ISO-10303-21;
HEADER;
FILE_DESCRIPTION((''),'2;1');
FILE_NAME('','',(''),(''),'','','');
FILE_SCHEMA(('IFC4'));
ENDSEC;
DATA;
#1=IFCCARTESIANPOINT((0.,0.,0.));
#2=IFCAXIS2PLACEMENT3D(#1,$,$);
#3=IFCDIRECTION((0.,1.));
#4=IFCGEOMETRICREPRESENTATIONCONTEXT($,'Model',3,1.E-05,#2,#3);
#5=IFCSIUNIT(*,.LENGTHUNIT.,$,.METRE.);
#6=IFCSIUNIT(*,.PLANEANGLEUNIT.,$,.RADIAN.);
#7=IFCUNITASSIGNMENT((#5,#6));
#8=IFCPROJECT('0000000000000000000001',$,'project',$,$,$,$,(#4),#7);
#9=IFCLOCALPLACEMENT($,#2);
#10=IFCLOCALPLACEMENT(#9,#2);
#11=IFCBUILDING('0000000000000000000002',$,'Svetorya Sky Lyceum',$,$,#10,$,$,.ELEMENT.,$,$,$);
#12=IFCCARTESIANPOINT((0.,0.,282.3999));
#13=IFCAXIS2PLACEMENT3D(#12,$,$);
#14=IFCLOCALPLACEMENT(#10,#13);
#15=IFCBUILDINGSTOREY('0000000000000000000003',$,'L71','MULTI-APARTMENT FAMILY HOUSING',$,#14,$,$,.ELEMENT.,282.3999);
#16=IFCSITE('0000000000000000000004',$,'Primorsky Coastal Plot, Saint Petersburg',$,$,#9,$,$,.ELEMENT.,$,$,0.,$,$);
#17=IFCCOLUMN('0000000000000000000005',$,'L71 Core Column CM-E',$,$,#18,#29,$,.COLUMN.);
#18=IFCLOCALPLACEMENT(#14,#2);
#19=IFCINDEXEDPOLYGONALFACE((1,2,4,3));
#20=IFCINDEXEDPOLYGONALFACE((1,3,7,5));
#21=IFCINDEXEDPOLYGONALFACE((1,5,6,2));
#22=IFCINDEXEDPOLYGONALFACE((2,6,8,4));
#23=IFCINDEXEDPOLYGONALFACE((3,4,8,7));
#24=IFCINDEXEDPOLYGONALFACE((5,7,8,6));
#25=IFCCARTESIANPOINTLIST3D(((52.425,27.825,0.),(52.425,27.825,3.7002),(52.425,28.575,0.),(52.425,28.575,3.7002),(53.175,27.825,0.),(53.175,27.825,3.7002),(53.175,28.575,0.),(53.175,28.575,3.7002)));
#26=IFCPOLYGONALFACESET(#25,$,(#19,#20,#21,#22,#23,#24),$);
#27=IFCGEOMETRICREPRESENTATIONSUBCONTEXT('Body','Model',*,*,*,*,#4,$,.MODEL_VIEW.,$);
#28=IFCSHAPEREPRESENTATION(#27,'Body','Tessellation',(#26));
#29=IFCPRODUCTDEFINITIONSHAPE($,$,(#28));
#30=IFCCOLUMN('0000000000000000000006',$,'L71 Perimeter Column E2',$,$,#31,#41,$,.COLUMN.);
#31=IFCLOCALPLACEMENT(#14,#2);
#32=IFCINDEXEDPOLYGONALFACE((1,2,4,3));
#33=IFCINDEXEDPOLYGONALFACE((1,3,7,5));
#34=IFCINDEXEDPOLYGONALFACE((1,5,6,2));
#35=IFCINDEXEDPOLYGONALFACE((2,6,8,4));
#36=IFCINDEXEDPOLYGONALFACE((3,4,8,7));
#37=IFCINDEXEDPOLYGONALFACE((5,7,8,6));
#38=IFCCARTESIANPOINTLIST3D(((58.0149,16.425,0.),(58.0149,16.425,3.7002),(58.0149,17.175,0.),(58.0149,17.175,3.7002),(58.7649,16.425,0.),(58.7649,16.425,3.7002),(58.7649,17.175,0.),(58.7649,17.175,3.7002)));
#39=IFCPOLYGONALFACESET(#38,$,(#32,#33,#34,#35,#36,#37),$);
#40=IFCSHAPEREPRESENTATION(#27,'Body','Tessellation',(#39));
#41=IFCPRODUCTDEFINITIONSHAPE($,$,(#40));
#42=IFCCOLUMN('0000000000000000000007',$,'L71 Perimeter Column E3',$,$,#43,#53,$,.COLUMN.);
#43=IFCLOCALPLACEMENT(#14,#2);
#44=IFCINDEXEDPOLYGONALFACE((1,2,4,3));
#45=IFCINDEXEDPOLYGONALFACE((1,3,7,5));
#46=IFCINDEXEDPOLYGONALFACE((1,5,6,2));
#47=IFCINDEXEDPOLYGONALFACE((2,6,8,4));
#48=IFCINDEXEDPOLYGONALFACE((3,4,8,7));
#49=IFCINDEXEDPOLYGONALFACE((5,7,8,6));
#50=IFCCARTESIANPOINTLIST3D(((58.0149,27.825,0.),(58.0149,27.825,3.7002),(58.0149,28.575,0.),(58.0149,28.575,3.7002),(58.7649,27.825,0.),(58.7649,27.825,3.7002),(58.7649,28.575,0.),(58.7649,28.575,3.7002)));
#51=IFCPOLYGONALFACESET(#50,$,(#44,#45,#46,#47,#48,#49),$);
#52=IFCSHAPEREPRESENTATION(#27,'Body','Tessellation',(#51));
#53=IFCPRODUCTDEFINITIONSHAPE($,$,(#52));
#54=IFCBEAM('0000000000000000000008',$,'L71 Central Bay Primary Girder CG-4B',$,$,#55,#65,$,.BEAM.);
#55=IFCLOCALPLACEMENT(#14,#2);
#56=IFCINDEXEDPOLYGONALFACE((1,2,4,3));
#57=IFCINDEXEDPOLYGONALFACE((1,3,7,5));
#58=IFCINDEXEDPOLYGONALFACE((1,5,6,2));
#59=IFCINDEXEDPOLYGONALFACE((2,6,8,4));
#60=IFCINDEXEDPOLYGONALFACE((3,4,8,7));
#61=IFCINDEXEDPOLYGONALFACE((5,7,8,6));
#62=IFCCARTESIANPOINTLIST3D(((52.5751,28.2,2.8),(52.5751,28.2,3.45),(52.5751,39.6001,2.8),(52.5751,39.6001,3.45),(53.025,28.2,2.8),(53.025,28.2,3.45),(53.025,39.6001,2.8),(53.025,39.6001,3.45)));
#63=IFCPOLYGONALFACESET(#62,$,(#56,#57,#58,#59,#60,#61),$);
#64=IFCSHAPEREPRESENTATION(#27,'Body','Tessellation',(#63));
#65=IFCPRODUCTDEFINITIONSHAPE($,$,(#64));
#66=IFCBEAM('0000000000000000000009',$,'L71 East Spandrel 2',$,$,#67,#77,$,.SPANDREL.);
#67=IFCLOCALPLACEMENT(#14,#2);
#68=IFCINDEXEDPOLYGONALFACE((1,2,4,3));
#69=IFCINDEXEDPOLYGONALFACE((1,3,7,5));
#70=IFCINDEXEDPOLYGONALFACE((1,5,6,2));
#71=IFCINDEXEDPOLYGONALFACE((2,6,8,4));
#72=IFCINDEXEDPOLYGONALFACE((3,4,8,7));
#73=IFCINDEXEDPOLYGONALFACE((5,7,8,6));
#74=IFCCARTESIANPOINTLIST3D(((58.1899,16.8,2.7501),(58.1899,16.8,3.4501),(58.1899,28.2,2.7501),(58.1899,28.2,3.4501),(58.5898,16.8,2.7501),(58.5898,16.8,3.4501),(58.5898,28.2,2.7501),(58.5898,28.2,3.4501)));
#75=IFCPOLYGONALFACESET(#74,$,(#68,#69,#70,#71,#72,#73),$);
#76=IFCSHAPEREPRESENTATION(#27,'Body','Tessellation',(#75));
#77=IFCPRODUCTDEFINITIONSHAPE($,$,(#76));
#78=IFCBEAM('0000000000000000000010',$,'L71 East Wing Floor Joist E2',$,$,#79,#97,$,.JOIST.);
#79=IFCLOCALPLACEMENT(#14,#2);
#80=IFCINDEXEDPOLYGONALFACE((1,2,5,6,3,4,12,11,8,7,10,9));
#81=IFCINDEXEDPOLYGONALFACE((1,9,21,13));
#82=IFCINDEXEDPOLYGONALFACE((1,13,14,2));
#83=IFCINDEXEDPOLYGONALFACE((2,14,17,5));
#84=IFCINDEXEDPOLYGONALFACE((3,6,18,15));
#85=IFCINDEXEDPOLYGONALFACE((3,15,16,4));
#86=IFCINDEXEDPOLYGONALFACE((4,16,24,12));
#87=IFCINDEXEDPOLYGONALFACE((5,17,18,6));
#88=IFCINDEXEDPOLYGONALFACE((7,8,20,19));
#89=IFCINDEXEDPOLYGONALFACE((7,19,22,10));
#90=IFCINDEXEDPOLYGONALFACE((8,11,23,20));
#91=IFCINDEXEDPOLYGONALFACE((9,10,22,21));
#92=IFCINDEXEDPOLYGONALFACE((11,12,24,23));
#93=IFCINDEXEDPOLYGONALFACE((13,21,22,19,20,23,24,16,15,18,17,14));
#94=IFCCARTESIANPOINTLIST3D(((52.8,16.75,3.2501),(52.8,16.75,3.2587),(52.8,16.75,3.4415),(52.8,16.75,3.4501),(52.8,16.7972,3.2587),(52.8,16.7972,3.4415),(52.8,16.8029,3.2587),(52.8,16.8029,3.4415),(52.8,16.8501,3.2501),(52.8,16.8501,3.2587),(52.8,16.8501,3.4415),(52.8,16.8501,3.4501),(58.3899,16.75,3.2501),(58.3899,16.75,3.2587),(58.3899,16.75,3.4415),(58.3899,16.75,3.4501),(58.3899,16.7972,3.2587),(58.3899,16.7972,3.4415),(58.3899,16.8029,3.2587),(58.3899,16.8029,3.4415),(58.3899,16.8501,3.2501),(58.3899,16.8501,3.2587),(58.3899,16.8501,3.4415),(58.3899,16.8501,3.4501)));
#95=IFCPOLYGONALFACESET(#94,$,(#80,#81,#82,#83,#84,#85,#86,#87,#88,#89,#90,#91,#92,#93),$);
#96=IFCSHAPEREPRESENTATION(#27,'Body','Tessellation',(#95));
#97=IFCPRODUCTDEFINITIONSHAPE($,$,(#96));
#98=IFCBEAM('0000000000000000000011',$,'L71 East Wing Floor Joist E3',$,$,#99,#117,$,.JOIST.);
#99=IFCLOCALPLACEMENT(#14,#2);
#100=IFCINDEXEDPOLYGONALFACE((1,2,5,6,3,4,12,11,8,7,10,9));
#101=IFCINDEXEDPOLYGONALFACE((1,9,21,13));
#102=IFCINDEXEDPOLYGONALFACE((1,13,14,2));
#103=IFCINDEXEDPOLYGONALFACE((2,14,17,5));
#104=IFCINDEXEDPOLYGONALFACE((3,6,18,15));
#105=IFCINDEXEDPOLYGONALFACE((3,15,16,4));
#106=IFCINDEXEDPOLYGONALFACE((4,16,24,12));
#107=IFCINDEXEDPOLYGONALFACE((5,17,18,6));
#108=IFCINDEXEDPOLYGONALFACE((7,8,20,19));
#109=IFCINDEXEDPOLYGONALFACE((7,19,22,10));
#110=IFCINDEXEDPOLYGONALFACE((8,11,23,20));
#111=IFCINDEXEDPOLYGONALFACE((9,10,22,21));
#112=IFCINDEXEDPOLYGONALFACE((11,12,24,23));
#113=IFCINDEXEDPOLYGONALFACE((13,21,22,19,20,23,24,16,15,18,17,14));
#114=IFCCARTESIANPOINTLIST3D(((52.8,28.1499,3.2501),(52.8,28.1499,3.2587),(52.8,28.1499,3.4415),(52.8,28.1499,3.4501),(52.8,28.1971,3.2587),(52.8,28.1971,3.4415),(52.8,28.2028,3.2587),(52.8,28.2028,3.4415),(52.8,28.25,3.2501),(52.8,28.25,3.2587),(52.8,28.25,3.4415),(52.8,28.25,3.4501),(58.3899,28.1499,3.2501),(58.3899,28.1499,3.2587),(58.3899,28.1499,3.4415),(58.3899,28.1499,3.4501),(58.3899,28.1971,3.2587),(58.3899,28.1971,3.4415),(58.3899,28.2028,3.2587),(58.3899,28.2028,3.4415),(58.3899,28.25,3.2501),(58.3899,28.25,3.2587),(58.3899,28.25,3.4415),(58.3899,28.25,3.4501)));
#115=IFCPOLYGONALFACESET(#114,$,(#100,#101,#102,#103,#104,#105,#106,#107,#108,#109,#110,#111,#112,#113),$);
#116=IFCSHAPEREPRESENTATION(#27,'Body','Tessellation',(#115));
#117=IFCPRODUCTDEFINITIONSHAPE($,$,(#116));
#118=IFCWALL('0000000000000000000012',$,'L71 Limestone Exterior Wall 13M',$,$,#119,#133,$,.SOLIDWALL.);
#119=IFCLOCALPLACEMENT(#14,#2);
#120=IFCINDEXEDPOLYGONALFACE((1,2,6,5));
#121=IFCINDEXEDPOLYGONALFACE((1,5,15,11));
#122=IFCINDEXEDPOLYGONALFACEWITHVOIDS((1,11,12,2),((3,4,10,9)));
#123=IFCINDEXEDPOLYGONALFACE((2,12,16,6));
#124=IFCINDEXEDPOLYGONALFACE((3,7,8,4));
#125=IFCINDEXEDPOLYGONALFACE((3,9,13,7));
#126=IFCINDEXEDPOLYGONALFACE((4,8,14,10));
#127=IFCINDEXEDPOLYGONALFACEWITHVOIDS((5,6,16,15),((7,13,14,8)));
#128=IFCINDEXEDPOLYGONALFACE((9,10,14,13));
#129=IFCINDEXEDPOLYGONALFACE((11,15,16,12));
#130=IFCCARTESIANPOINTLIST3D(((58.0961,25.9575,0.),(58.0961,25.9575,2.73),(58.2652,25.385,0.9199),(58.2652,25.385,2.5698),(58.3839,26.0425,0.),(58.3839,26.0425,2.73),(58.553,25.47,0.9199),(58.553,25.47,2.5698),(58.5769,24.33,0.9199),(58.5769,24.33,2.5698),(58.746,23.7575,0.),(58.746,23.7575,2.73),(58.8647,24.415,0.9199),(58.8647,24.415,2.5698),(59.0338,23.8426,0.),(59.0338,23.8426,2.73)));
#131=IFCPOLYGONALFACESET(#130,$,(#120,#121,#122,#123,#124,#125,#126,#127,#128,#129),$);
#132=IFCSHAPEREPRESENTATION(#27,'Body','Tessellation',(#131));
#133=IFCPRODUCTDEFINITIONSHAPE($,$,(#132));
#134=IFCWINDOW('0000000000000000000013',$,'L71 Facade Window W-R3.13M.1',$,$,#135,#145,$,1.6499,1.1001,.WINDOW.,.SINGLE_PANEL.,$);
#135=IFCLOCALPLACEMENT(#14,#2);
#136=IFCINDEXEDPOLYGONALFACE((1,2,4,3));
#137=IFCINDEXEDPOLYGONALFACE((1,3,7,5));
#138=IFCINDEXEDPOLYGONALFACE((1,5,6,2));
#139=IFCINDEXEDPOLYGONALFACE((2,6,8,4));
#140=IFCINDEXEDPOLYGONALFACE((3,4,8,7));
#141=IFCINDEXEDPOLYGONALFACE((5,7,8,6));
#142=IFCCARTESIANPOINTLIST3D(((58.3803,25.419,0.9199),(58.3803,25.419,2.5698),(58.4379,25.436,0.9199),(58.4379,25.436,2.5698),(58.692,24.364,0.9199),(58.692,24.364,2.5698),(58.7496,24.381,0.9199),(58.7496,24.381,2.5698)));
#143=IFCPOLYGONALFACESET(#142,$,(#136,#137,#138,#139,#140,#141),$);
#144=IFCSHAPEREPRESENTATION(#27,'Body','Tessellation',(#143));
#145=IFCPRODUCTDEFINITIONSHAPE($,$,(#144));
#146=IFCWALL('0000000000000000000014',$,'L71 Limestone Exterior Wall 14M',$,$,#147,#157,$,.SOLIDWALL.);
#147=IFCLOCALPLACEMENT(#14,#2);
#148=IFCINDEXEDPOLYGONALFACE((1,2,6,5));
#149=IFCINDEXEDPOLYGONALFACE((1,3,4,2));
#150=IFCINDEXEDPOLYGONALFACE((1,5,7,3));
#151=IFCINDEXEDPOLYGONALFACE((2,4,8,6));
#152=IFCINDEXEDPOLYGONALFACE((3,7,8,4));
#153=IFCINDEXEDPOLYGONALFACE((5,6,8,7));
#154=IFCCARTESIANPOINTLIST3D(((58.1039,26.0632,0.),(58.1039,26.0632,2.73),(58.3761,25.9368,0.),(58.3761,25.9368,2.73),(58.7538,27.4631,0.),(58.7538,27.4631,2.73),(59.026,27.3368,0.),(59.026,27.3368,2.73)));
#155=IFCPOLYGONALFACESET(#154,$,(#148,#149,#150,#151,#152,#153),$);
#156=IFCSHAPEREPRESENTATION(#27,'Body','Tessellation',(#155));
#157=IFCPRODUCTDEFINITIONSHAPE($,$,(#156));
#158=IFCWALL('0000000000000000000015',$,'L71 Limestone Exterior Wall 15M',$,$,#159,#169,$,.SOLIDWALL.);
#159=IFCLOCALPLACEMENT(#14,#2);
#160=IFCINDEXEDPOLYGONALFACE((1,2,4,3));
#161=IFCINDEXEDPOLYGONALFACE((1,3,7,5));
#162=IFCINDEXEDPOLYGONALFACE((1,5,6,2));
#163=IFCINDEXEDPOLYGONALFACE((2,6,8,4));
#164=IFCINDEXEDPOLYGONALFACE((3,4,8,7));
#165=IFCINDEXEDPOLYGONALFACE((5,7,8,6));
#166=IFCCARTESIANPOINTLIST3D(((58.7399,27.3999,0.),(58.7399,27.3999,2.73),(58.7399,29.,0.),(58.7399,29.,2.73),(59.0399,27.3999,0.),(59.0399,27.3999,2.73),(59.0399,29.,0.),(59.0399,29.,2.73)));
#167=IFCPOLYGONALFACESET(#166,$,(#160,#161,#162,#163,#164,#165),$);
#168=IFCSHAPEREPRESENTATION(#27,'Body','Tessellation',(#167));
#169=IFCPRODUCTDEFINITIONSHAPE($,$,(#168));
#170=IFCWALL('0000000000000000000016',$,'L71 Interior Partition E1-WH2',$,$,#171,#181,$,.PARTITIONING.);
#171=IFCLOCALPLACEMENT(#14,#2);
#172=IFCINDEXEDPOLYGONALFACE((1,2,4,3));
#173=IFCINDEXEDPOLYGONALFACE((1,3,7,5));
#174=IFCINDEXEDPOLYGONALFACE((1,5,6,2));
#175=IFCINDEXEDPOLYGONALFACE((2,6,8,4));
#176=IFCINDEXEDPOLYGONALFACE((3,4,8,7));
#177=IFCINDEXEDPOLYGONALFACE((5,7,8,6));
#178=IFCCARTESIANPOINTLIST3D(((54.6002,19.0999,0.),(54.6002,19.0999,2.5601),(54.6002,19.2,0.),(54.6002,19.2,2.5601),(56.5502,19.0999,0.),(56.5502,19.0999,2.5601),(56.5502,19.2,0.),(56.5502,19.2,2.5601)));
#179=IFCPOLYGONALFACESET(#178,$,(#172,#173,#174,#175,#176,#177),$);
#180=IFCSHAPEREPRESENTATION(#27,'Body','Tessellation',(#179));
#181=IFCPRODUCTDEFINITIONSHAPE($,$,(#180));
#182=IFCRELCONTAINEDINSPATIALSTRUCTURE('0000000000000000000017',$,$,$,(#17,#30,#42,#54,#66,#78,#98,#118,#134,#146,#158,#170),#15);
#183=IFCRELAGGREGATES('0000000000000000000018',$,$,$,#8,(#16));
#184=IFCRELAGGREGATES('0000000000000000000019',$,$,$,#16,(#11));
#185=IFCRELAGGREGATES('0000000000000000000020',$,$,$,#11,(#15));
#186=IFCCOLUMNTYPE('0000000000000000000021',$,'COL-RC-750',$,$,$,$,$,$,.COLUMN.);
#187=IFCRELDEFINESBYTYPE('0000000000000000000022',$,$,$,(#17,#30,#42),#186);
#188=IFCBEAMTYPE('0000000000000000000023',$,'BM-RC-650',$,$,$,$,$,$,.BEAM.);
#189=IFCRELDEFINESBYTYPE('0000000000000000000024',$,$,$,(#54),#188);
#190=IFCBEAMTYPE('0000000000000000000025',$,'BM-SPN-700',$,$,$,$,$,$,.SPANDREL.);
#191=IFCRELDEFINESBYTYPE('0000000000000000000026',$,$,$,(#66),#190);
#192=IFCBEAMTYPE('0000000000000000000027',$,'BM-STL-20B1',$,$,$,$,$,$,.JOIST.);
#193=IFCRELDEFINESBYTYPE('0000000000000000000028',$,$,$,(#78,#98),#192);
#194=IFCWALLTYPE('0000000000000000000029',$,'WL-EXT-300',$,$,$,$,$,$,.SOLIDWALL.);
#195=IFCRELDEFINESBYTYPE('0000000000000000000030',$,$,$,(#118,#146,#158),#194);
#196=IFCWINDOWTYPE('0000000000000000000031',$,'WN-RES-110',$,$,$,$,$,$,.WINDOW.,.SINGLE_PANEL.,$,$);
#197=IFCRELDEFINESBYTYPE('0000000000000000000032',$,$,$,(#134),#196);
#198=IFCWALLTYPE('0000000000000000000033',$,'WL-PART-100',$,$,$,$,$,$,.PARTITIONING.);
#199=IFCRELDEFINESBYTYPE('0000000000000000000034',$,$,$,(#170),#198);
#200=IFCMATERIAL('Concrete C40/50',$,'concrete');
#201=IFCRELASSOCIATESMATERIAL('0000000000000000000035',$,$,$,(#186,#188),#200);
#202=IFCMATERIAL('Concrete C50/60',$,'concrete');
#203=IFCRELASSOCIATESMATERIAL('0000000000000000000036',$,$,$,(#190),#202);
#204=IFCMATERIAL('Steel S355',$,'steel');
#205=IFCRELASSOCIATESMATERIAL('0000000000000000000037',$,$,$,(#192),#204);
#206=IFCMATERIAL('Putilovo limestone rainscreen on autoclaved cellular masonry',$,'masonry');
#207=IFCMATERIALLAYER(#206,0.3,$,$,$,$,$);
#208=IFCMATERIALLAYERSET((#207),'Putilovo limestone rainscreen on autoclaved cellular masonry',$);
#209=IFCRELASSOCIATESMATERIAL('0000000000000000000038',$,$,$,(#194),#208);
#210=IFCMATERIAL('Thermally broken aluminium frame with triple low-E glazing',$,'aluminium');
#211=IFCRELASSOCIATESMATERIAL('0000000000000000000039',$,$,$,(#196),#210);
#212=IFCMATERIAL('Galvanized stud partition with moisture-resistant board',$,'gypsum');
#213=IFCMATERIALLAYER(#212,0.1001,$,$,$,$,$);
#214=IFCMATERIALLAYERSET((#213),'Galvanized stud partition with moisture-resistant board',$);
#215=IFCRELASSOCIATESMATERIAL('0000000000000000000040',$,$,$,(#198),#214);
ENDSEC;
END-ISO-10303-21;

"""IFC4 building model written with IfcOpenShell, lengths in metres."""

from ifc_helpers import new_model, si_unit, direction, frame, frame_2d, origin, origin_2d, place, context, subcontext, project, spatial, rectangle, i_section, extrude, material, layer, layer_set, material_profile, profile_set, type_object, element, fill, save


model = new_model("IFC4")

# Units and contexts
model_context = context("Model", 3, precision=1e-05, world=origin(), true_north=direction((0.0, 1.0)))
body_context = subcontext(model_context, "Body", "Model", "MODEL_VIEW")
ifc_project = project(units=[si_unit("LENGTHUNIT", "METRE"), si_unit("PLANEANGLEUNIT", "RADIAN")], contexts=[model_context])

# Site, building, storey
site_placement = place(None, origin())
site = spatial("IfcSite", under=ifc_project, at=site_placement, Name="Primorsky Coastal Plot, Saint Petersburg", CompositionType="ELEMENT", RefElevation=0.0)
building_placement = place(site_placement, origin())
building = spatial("IfcBuilding", under=site, at=building_placement, Name="Svetorya Sky Lyceum", CompositionType="ELEMENT")
storey_placement = place(building_placement, frame((0.0, 0.0, 282.3999)))
storey = spatial("IfcBuildingStorey", under=building, at=storey_placement, Name="L71", Description="MULTI-APARTMENT FAMILY HOUSING", CompositionType="ELEMENT", Elevation=282.3999)

# Columns
ifc_material_1 = material(Name="Concrete C40/50", Category="concrete")
ifc_material_profile_1 = material_profile(ifc_material_1, rectangle(XDim=0.75, YDim=0.75, at=origin_2d()), Name="RC COL 750x750")
ifc_profile_set_1 = profile_set([ifc_material_profile_1], Name="Concrete C40/50")
column_type = type_object("IfcColumnType", Name="COL-RC-750", PredefinedType="COLUMN", material=ifc_profile_set_1)
for number, where, z_axis, x_axis, name in (
    (1, (52.8, 28.2, 0.0), (0.0, 0.0, 1.0), (1.0, 0.0, 0.0), "L71 Core Column CM-E"),
    (2, (58.3899, 16.8, 0.0), (0.0, 0.0, 1.0), (1.0, 0.0, 0.0), "L71 Perimeter Column E2"),
    (3, (58.3899, 28.2, 0.0), (0.0, 0.0, 1.0), (1.0, 0.0, 0.0), "L71 Perimeter Column E3"),
):
    element("IfcColumn", number, at=place(storey_placement, frame(where, z_axis=z_axis, x_axis=x_axis)), inside=storey, type_object=column_type, Name=name, PredefinedType="COLUMN", context=body_context, shape_type="SweptSolid", body=[
        extrude(rectangle(XDim=0.75, YDim=0.75, at=origin_2d()), origin(), (0.0, 0.0, 1.0), 3.7002),
    ])

# Beams
ifc_material_profile_2 = material_profile(ifc_material_1, rectangle(XDim=0.45, YDim=0.6499, at=origin_2d()), Name="RC BEAM 450x650")
ifc_profile_set_2 = profile_set([ifc_material_profile_2], Name="Concrete C40/50")
beam_type_1 = type_object("IfcBeamType", Name="BM-RC-650", PredefinedType="BEAM", material=ifc_profile_set_2)
beam_1_placement = place(storey_placement, frame((52.8, 28.2, 3.125), z_axis=(0.0, 1.0, 0.0), x_axis=(-1.0, 0.0, 0.0)))
element("IfcBeam", 4, at=beam_1_placement, inside=storey, type_object=beam_type_1, Name="L71 Central Bay Primary Girder CG-4B", PredefinedType="BEAM", context=body_context, shape_type="SweptSolid", body=[
    extrude(rectangle(XDim=0.45, YDim=0.6499, at=origin_2d()), origin(), (0.0, 0.0, 1.0), 11.4001),
])
ifc_material_2 = material(Name="Concrete C50/60", Category="concrete")
ifc_material_profile_3 = material_profile(ifc_material_2, rectangle(XDim=0.3999, YDim=0.7, at=origin_2d()), Name="RC SPANDREL 400x700")
ifc_profile_set_3 = profile_set([ifc_material_profile_3], Name="Concrete C50/60")
beam_type_2 = type_object("IfcBeamType", Name="BM-SPN-700", PredefinedType="SPANDREL", material=ifc_profile_set_3)
beam_2_placement = place(storey_placement, frame((58.3899, 16.8, 3.1001), z_axis=(0.0, 1.0, 0.0), x_axis=(-1.0, 0.0, 0.0)))
element("IfcBeam", 5, at=beam_2_placement, inside=storey, type_object=beam_type_2, Name="L71 East Spandrel 2", PredefinedType="SPANDREL", context=body_context, shape_type="SweptSolid", body=[
    extrude(rectangle(XDim=0.3999, YDim=0.7, at=origin_2d()), origin(), (0.0, 0.0, 1.0), 11.3999),
])
ifc_material_3 = material(Name="Steel S355", Category="steel")
ifc_material_profile_4 = material_profile(ifc_material_3, i_section(OverallWidth=0.1001, OverallDepth=0.2, WebThickness=0.0056, FlangeThickness=0.0085, at=origin_2d()), Name="GOST 20B1")
ifc_profile_set_4 = profile_set([ifc_material_profile_4], Name="Steel S355")
beam_type_3 = type_object("IfcBeamType", Name="BM-STL-20B1", PredefinedType="JOIST", material=ifc_profile_set_4)
for number, where, z_axis, x_axis, name in (
    (6, (52.8, 16.8, 3.3501), (1.0, 0.0, 0.0), (0.0, 1.0, 0.0), "L71 East Wing Floor Joist E2"),
    (7, (52.8, 28.2, 3.3501), (1.0, 0.0, 0.0), (0.0, 1.0, 0.0), "L71 East Wing Floor Joist E3"),
):
    element("IfcBeam", number, at=place(storey_placement, frame(where, z_axis=z_axis, x_axis=x_axis)), inside=storey, type_object=beam_type_3, Name=name, PredefinedType="JOIST", context=body_context, shape_type="SweptSolid", body=[
        extrude(i_section(OverallWidth=0.1001, OverallDepth=0.2, WebThickness=0.0056, FlangeThickness=0.0085, at=origin_2d()), origin(), (0.0, 0.0, 1.0), 5.5898),
    ])

# Wall, opening, window
ifc_material_4 = material(Name="Putilovo limestone rainscreen on autoclaved cellular masonry", Category="masonry")
ifc_layer_1 = layer(ifc_material_4, 0.3)
ifc_layer_set_1 = layer_set([ifc_layer_1], Name="Putilovo limestone rainscreen on autoclaved cellular masonry")
wall_type_1 = type_object("IfcWallType", Name="WL-EXT-300", PredefinedType="SOLIDWALL", material=ifc_layer_set_1)
wall_1_placement = place(storey_placement, frame((58.8899, 23.8, 0.0), z_axis=(0.0, 0.0, 1.0), x_axis=(-0.283313, 0.959028, 0.0)))
wall_1 = element("IfcWall", 8, at=wall_1_placement, inside=storey, type_object=wall_type_1, Name="L71 Limestone Exterior Wall 13M", PredefinedType="SOLIDWALL", context=body_context, shape_type="SweptSolid", body=[
    extrude(rectangle(XDim=2.2939, YDim=0.3, at=frame_2d((1.147, 0.0))), origin(), (0.0, 0.0, 1.0), 2.73),
])
opening_1_placement = place(wall_1_placement, frame((0.5969, 0.0, 0.9199)))
opening_1 = element("IfcOpeningElement", 9, at=opening_1_placement, cuts=wall_1, PredefinedType="OPENING", context=body_context, shape_type="SweptSolid", body=[
    extrude(rectangle(XDim=1.1001, YDim=1.6499, at=frame_2d((0.55, 0.825))), frame((0.0, 0.1599, 0.0), z_axis=(0.0, -1.0, 0.0), x_axis=(1.0, 0.0, 0.0)), (0.0, 0.0, 1.0), 0.3201),
])
ifc_material_5 = material(Name="Thermally broken aluminium frame with triple low-E glazing", Category="aluminium")
window_type = type_object("IfcWindowType", Name="WN-RES-110", PartitioningType="SINGLE_PANEL", PredefinedType="WINDOW", material=ifc_material_5)
window_placement = place(opening_1_placement, origin())
window = element("IfcWindow", 10, at=window_placement, inside=storey, type_object=window_type, Name="L71 Facade Window W-R3.13M.1", OverallHeight=1.6499, OverallWidth=1.1001, PartitioningType="SINGLE_PANEL", PredefinedType="WINDOW", context=body_context, shape_type="SweptSolid", body=[
    extrude(rectangle(XDim=1.1001, YDim=1.6499, at=frame_2d((0.55, 0.825))), frame((0.0, 0.03, 0.0), z_axis=(0.0, -1.0, 0.0), x_axis=(1.0, 0.0, 0.0)), (0.0, 0.0, 1.0), 0.0601),
])
fill(opening_1, window)

# Walls
wall_2_placement = place(storey_placement, frame((58.24, 26.0, 0.0), z_axis=(0.0, 0.0, 1.0), x_axis=(0.421083, 0.907022, 0.0)))
element("IfcWall", 11, at=wall_2_placement, inside=storey, type_object=wall_type_1, Name="L71 Limestone Exterior Wall 14M", PredefinedType="SOLIDWALL", context=body_context, shape_type="SweptSolid", body=[
    extrude(rectangle(XDim=1.5435, YDim=0.3, at=frame_2d((0.7717, 0.0))), origin(), (0.0, 0.0, 1.0), 2.73),
])
wall_3_placement = place(storey_placement, frame((58.8899, 27.3999, 0.0), z_axis=(0.0, 0.0, 1.0), x_axis=(0.0, 1.0, 0.0)))
element("IfcWall", 12, at=wall_3_placement, inside=storey, type_object=wall_type_1, Name="L71 Limestone Exterior Wall 15M", PredefinedType="SOLIDWALL", context=body_context, shape_type="SweptSolid", body=[
    extrude(rectangle(XDim=1.6001, YDim=0.3, at=frame_2d((0.8, 0.0))), origin(), (0.0, 0.0, 1.0), 2.73),
])
ifc_material_6 = material(Name="Galvanized stud partition with moisture-resistant board", Category="gypsum")
ifc_layer_2 = layer(ifc_material_6, 0.1001)
ifc_layer_set_2 = layer_set([ifc_layer_2], Name="Galvanized stud partition with moisture-resistant board")
wall_type_2 = type_object("IfcWallType", Name="WL-PART-100", PredefinedType="PARTITIONING", material=ifc_layer_set_2)
wall_4_placement = place(storey_placement, frame((54.6001, 19.1499, 0.0), z_axis=(0.0, 0.0, 1.0), x_axis=(1.0, 0.0, 0.0)))
element("IfcWall", 13, at=wall_4_placement, inside=storey, type_object=wall_type_2, Name="L71 Interior Partition E1-WH2", PredefinedType="PARTITIONING", context=body_context, shape_type="SweptSolid", body=[
    extrude(rectangle(XDim=1.95, YDim=0.1001, at=frame_2d((0.9751, 0.0))), origin(), (0.0, 0.0, 1.0), 2.5601),
])

save(model, "model.ifc")
